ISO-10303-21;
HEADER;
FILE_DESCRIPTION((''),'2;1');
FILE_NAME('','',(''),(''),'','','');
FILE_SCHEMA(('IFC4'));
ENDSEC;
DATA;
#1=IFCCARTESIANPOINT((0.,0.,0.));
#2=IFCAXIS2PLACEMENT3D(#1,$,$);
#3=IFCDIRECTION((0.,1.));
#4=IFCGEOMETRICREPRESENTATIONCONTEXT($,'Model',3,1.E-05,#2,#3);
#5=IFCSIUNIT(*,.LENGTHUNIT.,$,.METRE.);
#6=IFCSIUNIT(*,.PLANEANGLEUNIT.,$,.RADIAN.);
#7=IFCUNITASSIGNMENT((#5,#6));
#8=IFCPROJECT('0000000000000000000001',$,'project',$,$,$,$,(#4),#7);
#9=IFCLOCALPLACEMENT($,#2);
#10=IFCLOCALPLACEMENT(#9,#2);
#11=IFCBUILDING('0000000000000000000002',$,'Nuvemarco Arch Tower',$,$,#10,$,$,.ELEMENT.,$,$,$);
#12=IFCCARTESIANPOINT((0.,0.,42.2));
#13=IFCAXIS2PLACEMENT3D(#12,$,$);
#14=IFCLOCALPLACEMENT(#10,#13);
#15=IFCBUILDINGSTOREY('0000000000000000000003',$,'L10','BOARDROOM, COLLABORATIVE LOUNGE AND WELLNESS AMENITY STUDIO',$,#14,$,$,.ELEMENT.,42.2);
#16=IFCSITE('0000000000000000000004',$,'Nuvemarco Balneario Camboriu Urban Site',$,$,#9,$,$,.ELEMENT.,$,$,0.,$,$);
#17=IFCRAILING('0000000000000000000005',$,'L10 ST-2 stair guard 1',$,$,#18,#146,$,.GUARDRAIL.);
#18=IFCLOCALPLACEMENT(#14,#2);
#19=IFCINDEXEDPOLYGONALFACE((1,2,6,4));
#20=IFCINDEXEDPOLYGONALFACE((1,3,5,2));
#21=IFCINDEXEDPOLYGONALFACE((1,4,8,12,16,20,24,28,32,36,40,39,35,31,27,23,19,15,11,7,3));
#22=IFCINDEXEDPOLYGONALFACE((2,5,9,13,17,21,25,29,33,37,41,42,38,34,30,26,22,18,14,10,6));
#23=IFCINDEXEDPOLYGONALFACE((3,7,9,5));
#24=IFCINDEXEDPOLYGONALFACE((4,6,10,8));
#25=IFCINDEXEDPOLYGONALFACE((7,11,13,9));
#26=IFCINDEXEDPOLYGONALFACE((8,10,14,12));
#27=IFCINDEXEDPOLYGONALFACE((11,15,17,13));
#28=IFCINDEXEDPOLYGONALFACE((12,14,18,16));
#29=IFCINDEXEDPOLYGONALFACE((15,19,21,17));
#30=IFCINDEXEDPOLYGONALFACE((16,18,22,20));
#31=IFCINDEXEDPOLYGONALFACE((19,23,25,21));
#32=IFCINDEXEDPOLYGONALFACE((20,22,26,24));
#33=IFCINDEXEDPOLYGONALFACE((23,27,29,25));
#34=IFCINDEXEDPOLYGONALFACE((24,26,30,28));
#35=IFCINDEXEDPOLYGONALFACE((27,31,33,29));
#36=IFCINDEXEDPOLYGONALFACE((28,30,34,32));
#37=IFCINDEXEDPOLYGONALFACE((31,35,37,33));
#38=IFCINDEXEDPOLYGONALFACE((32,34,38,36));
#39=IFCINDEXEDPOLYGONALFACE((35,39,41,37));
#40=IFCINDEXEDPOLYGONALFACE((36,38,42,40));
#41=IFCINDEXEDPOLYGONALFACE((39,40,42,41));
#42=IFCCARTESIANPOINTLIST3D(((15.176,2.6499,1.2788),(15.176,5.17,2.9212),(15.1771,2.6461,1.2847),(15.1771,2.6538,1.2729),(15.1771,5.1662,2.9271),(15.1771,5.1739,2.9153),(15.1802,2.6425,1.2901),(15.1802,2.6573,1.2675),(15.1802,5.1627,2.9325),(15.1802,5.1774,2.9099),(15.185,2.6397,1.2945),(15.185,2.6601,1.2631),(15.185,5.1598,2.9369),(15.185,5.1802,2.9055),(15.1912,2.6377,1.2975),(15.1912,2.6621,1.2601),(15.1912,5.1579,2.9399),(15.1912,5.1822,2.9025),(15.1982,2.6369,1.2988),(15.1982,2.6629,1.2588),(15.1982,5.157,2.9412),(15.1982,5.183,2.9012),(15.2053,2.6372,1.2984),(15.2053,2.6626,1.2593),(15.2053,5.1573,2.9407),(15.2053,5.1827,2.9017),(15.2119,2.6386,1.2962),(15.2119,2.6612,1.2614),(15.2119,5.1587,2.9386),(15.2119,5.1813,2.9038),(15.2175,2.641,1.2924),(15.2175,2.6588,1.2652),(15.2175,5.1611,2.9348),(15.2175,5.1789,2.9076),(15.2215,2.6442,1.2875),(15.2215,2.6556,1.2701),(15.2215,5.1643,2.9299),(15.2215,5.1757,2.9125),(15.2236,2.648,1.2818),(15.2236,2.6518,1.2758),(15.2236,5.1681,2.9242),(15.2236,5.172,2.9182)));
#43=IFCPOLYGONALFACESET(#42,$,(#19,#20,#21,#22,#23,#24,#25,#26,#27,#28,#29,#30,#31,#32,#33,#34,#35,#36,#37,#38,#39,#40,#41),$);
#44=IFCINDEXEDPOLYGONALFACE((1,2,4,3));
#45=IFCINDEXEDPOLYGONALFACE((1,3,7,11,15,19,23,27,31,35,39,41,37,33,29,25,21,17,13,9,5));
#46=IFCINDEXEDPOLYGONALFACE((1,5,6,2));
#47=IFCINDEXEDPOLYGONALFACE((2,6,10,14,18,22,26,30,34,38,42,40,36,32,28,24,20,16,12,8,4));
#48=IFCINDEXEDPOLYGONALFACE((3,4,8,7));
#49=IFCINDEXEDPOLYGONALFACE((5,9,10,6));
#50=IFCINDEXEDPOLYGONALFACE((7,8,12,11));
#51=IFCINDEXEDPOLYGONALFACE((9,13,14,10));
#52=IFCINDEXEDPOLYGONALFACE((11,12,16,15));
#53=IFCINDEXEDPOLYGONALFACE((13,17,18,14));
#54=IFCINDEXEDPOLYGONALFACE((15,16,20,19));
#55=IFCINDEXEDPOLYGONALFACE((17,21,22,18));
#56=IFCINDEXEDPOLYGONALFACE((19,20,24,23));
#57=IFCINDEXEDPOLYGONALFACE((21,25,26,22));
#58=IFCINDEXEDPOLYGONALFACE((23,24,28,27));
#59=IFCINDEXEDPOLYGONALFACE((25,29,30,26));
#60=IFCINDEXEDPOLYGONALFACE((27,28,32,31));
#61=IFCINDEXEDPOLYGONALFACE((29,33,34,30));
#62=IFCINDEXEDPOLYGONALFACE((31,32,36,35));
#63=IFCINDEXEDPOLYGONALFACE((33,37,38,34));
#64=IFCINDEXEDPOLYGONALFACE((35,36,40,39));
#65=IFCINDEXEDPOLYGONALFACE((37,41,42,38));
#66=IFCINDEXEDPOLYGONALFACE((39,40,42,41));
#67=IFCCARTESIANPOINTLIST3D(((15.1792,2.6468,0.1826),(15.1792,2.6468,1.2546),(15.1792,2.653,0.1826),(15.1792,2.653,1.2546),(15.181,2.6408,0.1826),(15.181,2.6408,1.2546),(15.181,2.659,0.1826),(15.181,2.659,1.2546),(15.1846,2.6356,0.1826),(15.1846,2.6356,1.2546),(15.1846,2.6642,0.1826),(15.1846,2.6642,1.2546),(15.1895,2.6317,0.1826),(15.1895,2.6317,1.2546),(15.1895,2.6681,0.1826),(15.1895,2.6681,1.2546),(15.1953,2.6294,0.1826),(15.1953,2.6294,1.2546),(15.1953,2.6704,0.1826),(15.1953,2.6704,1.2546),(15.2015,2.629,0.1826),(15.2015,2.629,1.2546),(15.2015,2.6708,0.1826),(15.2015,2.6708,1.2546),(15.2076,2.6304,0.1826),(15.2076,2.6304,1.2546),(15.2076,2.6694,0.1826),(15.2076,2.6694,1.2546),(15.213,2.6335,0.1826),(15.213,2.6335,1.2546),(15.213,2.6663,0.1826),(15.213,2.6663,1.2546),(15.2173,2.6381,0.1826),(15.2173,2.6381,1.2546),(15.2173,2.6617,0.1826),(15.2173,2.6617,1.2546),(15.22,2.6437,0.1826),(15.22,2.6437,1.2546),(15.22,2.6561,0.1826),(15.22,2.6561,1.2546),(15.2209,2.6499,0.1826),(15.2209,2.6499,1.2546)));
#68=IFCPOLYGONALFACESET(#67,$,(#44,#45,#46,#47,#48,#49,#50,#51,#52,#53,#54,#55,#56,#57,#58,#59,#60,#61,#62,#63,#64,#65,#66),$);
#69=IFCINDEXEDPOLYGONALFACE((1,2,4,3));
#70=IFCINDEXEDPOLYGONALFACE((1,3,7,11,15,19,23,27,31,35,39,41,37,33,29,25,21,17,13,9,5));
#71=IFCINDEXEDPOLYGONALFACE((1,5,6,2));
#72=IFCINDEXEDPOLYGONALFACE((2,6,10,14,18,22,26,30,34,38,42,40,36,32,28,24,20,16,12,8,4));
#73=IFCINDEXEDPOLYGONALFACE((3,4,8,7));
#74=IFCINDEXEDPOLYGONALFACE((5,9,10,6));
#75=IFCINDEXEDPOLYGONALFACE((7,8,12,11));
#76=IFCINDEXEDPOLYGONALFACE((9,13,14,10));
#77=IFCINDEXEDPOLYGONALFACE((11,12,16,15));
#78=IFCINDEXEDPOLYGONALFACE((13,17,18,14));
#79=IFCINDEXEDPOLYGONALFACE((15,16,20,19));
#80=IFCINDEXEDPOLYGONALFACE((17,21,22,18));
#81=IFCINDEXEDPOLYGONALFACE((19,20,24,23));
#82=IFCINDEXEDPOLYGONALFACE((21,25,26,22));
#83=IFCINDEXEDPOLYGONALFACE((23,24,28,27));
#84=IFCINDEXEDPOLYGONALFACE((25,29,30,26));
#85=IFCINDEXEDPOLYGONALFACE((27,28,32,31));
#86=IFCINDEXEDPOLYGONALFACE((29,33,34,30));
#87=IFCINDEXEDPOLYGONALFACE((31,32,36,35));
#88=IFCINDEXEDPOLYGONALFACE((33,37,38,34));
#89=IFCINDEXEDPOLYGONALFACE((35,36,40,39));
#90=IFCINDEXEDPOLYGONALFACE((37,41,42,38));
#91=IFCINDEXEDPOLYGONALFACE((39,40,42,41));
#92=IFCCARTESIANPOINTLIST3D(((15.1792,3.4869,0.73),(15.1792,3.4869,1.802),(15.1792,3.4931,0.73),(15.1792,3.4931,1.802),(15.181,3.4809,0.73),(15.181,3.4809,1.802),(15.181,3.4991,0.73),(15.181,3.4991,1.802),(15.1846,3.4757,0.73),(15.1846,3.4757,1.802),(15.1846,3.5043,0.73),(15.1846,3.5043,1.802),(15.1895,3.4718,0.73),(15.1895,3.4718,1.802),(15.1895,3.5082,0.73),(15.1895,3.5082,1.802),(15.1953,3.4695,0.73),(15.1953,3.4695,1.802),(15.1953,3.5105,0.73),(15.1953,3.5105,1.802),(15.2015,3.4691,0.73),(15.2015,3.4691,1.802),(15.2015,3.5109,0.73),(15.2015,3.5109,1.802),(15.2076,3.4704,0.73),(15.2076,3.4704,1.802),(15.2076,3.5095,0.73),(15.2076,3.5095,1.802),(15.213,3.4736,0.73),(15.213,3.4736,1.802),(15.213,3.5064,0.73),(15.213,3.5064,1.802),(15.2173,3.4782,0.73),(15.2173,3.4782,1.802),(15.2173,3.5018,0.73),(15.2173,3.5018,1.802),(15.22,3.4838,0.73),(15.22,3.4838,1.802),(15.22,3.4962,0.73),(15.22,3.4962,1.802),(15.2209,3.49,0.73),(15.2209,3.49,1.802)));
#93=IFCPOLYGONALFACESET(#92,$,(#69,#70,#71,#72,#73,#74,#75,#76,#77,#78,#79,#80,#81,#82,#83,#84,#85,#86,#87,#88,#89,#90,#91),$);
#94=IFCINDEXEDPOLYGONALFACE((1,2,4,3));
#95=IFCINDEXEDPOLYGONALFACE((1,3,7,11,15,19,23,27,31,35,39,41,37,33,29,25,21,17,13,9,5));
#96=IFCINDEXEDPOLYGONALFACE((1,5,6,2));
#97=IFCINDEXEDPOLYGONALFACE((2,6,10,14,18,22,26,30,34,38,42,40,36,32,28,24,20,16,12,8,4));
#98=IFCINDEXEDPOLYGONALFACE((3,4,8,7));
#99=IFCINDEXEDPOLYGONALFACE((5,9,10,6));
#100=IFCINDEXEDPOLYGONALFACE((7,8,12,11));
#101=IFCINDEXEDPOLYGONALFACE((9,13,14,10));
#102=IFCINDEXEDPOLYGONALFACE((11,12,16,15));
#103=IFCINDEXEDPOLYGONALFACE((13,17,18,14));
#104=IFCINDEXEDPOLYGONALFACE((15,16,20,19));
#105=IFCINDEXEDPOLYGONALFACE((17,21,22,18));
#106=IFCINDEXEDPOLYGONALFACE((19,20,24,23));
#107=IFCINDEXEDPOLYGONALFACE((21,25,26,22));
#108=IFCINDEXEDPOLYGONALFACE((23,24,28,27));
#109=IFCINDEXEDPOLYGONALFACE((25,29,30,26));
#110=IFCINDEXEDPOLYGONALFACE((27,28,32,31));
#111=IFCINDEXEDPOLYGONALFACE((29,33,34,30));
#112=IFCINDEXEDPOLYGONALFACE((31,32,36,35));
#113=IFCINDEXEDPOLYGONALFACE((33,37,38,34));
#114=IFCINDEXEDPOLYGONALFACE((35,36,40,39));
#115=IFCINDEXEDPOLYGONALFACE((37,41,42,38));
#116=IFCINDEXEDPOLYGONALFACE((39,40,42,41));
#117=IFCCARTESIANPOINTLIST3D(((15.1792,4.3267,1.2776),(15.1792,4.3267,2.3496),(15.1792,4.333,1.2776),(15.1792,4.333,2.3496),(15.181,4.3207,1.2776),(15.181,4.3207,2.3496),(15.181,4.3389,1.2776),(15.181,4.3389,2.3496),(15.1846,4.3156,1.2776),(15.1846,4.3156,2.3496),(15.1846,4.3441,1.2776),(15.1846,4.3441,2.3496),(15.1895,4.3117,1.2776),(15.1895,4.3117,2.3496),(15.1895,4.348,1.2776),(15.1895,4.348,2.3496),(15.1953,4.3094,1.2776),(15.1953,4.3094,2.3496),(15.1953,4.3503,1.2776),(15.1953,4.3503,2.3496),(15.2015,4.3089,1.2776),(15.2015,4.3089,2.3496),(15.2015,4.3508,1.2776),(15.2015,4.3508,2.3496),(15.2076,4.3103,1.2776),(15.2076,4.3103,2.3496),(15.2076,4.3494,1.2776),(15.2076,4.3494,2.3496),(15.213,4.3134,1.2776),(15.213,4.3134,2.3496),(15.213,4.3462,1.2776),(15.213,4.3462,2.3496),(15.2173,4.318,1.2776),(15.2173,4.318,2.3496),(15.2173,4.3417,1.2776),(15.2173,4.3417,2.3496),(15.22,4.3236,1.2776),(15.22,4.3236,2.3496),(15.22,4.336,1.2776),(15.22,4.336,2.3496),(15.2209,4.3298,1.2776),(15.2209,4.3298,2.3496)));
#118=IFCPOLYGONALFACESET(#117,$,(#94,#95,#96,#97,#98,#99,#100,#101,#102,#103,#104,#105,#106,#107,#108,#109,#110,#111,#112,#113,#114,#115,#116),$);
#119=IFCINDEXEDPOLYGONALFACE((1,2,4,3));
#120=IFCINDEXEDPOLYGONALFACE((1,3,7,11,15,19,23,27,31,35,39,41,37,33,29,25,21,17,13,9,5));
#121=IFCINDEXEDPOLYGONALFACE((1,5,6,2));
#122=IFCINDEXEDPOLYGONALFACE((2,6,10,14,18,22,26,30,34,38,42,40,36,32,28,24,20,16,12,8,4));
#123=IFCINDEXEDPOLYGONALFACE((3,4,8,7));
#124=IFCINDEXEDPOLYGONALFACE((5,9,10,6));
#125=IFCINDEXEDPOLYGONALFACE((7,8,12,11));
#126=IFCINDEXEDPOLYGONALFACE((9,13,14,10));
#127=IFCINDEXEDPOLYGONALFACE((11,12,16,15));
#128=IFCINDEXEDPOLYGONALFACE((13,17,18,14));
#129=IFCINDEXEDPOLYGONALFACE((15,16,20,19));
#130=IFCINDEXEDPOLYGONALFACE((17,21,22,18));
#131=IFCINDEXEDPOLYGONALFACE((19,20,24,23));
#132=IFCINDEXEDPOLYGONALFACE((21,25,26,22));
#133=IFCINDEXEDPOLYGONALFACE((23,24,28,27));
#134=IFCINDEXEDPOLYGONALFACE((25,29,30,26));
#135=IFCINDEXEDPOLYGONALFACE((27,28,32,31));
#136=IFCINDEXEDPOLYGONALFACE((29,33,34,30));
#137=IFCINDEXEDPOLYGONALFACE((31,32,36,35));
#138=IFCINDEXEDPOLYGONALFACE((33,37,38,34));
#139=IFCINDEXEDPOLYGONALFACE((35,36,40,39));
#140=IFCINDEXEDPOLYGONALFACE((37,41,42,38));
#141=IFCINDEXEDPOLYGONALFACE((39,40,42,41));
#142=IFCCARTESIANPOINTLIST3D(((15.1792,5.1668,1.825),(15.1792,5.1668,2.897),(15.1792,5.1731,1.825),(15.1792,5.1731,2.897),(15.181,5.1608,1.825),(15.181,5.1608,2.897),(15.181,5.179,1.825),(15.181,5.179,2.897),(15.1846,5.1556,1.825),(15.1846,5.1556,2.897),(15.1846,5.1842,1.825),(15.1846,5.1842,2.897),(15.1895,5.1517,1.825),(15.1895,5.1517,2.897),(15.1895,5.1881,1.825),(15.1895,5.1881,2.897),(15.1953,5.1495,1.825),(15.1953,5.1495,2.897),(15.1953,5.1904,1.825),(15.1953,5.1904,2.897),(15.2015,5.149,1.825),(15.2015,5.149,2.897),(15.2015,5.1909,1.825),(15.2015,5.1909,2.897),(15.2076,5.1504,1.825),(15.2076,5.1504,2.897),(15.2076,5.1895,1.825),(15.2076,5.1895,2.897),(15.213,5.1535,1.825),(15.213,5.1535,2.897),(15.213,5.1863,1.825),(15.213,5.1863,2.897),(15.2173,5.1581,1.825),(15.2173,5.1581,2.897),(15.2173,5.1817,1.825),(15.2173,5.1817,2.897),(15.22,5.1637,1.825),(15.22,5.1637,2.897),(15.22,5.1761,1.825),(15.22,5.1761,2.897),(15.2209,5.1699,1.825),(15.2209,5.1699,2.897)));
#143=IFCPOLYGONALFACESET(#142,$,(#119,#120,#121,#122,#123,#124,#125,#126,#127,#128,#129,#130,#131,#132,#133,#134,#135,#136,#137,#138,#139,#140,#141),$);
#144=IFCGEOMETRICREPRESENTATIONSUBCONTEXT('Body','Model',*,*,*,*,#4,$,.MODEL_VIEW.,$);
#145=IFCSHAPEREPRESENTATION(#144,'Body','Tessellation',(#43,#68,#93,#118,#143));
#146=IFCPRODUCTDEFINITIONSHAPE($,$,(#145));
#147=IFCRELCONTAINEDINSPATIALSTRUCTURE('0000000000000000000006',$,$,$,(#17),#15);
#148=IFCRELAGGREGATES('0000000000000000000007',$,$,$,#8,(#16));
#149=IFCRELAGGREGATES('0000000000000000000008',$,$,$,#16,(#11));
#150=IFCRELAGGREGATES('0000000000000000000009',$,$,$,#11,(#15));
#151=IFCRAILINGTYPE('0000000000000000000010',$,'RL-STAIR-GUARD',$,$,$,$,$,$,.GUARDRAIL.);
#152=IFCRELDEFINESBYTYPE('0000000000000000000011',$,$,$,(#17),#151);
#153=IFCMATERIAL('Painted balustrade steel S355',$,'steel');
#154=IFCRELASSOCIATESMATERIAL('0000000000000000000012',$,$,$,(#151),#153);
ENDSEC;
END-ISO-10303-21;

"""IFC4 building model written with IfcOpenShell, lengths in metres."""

from ifc_helpers import new_model, si_unit, direction, frame, origin, origin_2d, place, context, subcontext, project, spatial, circle, extrude, material, type_object, element, save


model = new_model("IFC4")

# Units and contexts
model_context = context("Model", 3, precision=1e-05, world=origin(), true_north=direction((0.0, 1.0)))
body_context = subcontext(model_context, "Body", "Model", "MODEL_VIEW")
ifc_project = project(units=[si_unit("LENGTHUNIT", "METRE"), si_unit("PLANEANGLEUNIT", "RADIAN")], contexts=[model_context])

# Site, building, storey
site_placement = place(None, origin())
site = spatial("IfcSite", under=ifc_project, at=site_placement, Name="Nuvemarco Balneario Camboriu Urban Site", CompositionType="ELEMENT", RefElevation=0.0)
building_placement = place(site_placement, origin())
building = spatial("IfcBuilding", under=site, at=building_placement, Name="Nuvemarco Arch Tower", CompositionType="ELEMENT")
storey_placement = place(building_placement, frame((0.0, 0.0, 42.2)))
storey = spatial("IfcBuildingStorey", under=building, at=storey_placement, Name="L10", Description="BOARDROOM, COLLABORATIVE LOUNGE AND WELLNESS AMENITY STUDIO", CompositionType="ELEMENT", Elevation=42.2)

# Railing
ifc_material_1 = material(Name="Painted balustrade steel S355", Category="steel")
railing_type_1 = type_object("IfcRailingType", Name="RL-STAIR-GUARD", PredefinedType="GUARDRAIL", material=ifc_material_1)
railing_1_placement = place(storey_placement, frame((15.2, 2.6499, 0.1826)))
element("IfcRailing", 1, at=railing_1_placement, inside=storey, type_object=railing_type_1, Name="L10 ST-2 stair guard 1", PredefinedType="GUARDRAIL", context=body_context, shape_type="SweptSolid", body=[
    extrude(circle(Radius=0.0239, at=origin_2d()), frame((0.0, 0.0, 1.0962), z_axis=(0.0, 0.837787, 0.545998), x_axis=(-1.0, 0.0, 0.0)), (0.0, 0.0, 1.0), 3.0081),
    extrude(circle(Radius=0.021, at=origin_2d()), origin(), (0.0, 0.0, 1.0), 1.072),
    extrude(circle(Radius=0.021, at=origin_2d()), frame((0.0, 0.8401, 0.5474)), (0.0, 0.0, 1.0), 1.072),
    extrude(circle(Radius=0.021, at=origin_2d()), frame((0.0, 1.6799, 1.095)), (0.0, 0.0, 1.0), 1.072),
    extrude(circle(Radius=0.021, at=origin_2d()), frame((0.0, 2.52, 1.6423)), (0.0, 0.0, 1.0), 1.072),
])

save(model, "model.ifc")
